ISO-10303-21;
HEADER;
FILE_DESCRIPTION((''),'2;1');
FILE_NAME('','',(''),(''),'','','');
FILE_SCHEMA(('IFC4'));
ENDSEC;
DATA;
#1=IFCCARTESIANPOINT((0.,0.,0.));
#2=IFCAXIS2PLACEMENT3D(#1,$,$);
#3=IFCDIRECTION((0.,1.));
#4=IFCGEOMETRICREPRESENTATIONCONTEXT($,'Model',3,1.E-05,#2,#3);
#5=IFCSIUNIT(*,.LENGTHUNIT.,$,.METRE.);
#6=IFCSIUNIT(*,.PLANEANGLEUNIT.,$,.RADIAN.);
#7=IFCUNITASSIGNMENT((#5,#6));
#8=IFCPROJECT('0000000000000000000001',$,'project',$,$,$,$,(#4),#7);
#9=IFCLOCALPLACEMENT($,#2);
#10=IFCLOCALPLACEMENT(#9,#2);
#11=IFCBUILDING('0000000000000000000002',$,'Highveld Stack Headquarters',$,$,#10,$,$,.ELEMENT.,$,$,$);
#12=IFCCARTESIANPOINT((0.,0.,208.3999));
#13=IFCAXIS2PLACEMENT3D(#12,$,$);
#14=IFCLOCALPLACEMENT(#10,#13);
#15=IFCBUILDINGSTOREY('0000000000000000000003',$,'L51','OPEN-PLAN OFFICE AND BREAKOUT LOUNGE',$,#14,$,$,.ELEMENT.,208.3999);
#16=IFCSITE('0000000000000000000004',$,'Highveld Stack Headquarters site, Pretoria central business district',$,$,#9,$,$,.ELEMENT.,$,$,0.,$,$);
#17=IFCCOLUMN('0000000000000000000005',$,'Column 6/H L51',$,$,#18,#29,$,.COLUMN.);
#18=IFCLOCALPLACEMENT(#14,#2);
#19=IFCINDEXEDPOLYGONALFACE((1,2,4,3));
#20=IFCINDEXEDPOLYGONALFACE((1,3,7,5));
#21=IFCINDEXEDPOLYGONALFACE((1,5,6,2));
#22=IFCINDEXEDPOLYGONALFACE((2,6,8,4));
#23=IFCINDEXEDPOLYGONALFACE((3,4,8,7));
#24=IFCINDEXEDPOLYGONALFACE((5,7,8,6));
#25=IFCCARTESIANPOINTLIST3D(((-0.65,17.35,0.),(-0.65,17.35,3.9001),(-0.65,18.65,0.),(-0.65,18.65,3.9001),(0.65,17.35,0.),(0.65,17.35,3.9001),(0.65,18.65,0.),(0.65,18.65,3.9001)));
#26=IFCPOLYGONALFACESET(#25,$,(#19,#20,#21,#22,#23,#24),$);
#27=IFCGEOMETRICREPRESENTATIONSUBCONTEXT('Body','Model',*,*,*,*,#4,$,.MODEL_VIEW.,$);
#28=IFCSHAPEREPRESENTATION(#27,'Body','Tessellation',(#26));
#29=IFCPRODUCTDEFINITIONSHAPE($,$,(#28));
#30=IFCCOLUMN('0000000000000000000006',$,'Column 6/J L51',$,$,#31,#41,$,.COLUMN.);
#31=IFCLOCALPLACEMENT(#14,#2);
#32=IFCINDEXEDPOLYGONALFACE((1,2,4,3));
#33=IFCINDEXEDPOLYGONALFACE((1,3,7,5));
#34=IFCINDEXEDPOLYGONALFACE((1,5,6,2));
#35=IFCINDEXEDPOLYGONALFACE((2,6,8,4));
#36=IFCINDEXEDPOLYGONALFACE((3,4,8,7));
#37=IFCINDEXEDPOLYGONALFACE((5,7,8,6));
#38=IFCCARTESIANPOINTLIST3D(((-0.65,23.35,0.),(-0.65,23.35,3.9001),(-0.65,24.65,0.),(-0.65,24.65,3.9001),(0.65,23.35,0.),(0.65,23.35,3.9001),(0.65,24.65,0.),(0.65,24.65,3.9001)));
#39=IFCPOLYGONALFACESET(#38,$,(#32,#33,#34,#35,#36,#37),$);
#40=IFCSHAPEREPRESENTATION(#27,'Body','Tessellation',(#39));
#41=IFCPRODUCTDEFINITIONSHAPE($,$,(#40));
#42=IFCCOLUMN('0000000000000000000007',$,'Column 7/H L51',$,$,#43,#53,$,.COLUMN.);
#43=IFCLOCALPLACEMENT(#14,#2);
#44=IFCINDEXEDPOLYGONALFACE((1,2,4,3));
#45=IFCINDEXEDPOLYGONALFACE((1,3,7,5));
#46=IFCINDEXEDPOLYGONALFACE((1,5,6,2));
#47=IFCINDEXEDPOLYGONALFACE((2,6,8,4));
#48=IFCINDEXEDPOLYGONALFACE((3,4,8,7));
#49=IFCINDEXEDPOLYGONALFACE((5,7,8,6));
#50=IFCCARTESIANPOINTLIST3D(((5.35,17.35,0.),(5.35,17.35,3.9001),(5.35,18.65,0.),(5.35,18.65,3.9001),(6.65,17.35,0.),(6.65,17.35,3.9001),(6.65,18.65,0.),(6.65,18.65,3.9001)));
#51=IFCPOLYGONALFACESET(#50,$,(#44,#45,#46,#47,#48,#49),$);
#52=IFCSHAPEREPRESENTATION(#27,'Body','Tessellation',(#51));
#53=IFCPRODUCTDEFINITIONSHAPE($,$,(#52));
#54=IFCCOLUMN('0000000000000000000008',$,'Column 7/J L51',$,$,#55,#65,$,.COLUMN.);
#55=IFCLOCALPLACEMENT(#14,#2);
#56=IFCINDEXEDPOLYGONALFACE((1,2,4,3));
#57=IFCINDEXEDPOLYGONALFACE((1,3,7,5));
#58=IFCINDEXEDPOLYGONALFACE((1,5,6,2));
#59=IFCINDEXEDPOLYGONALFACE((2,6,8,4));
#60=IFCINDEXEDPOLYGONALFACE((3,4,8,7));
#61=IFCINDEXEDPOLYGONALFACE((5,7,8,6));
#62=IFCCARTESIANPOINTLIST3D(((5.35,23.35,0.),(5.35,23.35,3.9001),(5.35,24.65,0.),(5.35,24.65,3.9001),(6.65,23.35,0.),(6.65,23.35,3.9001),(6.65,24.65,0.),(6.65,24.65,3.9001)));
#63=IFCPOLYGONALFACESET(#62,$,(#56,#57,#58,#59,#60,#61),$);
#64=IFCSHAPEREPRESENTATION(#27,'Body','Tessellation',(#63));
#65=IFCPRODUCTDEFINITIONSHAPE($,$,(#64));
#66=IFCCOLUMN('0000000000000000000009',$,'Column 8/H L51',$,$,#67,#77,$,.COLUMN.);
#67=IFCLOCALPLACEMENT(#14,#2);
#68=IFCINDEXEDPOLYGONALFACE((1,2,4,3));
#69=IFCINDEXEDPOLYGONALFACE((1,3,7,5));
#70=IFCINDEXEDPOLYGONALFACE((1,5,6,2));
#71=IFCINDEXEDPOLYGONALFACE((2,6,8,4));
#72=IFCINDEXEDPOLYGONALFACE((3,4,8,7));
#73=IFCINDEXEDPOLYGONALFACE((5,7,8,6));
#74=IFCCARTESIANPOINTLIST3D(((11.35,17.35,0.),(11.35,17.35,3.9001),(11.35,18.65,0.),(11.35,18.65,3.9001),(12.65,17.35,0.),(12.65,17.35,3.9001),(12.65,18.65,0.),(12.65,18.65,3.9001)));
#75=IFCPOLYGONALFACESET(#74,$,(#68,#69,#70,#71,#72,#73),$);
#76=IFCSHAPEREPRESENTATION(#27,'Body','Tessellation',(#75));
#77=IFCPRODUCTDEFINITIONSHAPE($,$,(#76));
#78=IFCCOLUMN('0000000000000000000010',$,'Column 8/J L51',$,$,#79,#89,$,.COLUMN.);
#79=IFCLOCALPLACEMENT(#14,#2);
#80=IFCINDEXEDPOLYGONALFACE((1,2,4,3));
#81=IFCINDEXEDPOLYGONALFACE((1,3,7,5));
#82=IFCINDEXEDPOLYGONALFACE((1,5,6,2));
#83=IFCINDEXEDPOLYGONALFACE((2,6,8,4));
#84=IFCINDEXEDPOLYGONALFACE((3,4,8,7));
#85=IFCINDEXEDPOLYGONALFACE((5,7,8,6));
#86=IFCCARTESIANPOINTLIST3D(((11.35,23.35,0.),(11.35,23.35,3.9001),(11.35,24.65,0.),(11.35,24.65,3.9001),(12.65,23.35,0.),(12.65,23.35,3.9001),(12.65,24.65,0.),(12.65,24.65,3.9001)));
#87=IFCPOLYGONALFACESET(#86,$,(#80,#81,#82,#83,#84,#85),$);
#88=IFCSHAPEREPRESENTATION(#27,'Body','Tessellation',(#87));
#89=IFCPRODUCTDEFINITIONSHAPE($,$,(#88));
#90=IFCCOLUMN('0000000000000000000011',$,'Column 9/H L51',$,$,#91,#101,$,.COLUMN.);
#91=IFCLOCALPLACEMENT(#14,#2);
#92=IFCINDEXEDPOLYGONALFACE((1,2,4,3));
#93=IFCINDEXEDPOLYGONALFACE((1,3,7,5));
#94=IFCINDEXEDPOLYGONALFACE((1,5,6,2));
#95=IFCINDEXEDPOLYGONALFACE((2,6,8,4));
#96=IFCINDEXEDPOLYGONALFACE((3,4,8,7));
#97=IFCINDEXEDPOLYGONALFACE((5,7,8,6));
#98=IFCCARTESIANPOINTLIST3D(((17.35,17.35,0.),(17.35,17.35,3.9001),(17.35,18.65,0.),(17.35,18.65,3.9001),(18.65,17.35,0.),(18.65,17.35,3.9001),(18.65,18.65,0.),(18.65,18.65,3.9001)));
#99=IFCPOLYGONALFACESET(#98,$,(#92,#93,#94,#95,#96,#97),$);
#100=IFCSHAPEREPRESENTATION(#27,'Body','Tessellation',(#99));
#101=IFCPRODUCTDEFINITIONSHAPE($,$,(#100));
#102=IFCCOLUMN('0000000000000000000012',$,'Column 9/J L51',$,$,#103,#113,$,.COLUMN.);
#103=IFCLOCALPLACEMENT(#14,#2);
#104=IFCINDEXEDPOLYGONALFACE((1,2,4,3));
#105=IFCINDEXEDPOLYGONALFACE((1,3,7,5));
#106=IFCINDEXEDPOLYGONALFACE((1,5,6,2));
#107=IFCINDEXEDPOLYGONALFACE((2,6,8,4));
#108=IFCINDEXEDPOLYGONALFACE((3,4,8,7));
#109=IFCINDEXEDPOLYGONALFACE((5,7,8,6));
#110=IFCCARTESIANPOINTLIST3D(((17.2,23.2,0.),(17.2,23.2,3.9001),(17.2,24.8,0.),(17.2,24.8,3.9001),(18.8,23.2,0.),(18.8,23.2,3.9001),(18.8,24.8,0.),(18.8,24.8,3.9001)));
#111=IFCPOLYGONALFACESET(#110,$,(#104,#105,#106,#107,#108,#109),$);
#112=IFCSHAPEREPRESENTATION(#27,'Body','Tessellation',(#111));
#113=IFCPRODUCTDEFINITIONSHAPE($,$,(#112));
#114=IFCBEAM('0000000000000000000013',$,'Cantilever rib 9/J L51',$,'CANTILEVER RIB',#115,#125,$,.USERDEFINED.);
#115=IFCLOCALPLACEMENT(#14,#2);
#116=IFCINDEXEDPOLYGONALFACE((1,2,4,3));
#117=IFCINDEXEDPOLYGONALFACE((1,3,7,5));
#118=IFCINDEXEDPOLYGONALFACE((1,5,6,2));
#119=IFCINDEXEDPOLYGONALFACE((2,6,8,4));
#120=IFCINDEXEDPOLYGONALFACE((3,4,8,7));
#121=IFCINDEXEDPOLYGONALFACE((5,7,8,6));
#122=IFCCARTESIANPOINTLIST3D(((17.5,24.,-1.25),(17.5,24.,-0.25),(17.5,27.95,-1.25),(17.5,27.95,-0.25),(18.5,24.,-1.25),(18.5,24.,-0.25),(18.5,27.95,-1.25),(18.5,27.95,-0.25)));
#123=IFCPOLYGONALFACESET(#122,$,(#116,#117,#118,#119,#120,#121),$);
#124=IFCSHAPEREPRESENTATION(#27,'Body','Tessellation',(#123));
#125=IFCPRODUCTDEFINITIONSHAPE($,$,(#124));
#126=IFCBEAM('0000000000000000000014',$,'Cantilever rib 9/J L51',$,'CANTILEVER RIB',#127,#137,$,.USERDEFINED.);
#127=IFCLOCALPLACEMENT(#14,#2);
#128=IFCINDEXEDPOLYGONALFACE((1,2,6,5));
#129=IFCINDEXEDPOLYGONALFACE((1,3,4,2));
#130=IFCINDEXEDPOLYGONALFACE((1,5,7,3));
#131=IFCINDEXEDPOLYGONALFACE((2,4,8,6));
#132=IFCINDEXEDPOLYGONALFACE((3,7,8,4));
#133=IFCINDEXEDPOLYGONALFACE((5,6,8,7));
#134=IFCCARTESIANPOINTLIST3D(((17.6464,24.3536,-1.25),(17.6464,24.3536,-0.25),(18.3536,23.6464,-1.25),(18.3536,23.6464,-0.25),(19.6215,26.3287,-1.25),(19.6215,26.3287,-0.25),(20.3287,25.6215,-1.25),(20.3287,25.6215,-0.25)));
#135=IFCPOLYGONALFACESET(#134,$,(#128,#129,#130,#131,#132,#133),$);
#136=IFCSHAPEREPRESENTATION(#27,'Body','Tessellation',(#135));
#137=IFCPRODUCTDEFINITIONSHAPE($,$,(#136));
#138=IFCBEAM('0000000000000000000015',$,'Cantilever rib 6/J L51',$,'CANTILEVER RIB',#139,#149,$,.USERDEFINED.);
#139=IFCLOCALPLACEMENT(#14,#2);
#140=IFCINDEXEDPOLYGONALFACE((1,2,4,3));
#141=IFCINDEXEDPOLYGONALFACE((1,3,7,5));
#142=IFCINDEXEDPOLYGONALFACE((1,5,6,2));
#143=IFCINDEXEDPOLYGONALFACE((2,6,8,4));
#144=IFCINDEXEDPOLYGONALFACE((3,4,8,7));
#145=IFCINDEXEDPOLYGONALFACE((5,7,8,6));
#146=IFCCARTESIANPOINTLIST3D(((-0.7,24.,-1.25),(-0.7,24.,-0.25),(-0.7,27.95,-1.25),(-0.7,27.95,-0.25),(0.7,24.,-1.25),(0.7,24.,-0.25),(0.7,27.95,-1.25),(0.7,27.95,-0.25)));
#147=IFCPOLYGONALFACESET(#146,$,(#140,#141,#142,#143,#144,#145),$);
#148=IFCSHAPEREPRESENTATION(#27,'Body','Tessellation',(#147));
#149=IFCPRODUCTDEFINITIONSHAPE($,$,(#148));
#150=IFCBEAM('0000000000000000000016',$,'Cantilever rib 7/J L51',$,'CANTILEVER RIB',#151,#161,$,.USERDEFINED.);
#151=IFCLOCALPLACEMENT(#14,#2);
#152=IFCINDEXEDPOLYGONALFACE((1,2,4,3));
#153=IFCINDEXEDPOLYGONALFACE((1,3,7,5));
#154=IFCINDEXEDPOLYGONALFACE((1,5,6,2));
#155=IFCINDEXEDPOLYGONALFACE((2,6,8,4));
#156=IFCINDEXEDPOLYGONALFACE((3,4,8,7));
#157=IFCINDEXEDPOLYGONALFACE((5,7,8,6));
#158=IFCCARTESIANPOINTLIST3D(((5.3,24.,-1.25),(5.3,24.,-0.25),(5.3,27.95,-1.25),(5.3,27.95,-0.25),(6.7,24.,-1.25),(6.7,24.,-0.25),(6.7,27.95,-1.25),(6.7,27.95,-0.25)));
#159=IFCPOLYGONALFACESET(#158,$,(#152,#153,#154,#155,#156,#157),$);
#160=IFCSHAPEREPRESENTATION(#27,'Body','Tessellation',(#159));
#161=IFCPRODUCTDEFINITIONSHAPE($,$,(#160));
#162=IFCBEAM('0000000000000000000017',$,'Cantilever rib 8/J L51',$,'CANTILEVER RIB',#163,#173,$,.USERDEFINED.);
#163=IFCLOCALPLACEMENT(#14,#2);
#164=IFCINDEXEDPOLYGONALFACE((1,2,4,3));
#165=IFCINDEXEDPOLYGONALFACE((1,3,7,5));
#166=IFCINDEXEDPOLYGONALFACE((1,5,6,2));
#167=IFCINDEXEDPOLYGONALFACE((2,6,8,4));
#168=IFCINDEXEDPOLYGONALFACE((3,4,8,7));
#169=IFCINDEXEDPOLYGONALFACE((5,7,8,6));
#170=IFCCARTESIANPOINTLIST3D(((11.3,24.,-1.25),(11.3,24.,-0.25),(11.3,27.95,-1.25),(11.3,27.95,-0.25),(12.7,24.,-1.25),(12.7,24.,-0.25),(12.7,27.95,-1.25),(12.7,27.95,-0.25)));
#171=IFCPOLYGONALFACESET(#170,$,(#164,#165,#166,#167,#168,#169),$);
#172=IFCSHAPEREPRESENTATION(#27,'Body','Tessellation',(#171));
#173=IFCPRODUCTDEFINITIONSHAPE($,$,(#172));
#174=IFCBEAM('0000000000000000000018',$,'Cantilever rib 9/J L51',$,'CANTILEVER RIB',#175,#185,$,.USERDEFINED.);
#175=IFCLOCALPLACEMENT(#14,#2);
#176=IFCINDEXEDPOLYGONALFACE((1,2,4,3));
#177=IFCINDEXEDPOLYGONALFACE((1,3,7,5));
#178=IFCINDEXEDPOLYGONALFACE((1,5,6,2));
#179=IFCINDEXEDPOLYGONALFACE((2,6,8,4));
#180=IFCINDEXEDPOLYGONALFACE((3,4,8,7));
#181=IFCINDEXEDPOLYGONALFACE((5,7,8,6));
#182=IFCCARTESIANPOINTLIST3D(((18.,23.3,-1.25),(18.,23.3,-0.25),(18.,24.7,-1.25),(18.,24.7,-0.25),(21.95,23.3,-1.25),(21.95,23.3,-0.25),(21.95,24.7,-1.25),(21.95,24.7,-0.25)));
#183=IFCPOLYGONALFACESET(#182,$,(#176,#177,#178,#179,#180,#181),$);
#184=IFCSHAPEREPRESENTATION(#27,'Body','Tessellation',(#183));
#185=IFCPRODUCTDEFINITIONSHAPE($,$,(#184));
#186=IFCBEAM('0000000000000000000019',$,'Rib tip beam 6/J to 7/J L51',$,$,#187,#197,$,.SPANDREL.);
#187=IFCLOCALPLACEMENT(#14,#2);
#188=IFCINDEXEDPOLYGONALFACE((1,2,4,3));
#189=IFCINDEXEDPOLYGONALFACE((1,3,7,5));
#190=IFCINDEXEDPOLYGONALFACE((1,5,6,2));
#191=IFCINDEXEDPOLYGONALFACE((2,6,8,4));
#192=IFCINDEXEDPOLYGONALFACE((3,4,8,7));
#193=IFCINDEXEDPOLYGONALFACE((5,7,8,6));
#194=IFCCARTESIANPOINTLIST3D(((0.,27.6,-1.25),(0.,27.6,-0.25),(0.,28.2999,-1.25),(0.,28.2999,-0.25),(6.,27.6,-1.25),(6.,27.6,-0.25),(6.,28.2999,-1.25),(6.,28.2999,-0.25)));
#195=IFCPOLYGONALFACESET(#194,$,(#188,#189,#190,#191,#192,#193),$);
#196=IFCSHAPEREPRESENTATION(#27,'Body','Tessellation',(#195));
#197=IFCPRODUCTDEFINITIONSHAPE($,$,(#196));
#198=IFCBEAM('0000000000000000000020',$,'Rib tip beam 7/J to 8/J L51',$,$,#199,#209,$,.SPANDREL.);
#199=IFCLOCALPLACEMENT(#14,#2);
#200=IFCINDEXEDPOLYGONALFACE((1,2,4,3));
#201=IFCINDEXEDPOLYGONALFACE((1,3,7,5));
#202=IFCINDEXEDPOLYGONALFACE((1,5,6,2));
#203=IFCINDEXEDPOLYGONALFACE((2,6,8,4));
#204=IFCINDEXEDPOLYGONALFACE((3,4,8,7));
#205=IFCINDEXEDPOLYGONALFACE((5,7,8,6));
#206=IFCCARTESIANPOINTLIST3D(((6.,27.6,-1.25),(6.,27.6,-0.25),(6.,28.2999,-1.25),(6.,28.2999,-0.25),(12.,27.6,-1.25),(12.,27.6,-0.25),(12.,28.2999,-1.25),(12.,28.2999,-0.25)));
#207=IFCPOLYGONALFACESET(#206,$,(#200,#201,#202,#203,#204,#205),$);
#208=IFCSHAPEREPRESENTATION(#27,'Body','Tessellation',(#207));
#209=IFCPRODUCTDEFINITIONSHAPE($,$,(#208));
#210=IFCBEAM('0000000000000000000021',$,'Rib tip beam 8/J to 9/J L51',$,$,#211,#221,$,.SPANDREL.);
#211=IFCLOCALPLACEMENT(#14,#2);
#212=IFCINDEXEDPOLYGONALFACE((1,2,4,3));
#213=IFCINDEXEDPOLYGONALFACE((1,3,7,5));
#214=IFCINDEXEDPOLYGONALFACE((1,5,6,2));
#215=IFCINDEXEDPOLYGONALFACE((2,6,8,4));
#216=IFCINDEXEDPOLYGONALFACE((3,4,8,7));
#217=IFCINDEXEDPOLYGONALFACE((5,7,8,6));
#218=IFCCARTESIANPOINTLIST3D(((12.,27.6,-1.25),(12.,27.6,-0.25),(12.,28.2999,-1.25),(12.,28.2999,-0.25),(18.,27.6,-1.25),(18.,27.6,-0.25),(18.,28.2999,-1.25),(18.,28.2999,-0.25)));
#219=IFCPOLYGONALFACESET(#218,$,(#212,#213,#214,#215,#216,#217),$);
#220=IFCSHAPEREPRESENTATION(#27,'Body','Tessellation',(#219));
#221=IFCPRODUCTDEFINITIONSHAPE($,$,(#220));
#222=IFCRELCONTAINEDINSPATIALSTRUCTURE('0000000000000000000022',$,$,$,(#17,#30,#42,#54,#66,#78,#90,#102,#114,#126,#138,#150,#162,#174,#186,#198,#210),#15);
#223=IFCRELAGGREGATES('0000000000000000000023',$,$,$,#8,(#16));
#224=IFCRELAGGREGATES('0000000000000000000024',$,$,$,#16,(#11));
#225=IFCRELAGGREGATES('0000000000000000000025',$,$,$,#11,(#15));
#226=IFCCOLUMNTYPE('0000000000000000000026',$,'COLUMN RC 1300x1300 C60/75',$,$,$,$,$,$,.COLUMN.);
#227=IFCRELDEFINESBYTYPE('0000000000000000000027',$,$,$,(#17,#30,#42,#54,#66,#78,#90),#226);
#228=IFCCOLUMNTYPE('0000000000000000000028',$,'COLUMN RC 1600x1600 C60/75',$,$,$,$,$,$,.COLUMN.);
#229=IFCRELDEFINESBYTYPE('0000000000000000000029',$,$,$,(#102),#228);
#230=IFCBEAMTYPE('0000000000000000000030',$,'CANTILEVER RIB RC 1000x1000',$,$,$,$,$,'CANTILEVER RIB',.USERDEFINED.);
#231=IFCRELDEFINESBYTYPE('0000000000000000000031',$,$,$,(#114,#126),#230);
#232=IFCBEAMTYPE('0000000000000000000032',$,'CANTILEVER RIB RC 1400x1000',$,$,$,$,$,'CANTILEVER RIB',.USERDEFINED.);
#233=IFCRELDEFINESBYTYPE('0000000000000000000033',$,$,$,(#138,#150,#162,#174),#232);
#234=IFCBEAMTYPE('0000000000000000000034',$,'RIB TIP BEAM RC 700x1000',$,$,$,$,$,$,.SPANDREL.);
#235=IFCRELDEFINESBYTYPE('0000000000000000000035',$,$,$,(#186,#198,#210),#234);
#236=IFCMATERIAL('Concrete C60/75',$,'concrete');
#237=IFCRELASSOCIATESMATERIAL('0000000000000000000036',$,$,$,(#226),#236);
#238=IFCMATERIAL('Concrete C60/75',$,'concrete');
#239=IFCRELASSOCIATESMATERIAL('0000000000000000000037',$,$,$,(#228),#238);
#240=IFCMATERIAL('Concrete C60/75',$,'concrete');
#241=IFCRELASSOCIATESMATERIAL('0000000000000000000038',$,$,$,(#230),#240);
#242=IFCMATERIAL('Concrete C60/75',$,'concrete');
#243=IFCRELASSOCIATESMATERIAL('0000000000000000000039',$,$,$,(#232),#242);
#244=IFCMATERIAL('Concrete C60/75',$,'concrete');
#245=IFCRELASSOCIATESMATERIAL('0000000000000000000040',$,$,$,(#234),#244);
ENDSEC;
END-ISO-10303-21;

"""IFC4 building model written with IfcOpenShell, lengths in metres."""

from ifc_helpers import new_model, si_unit, direction, frame, origin, origin_2d, place, context, subcontext, project, spatial, rectangle, extrude, material, material_profile, profile_set, type_object, element, save


model = new_model("IFC4")

# Units and contexts
model_context = context("Model", 3, precision=1e-05, world=origin(), true_north=direction((0.0, 1.0)))
body_context = subcontext(model_context, "Body", "Model", "MODEL_VIEW")
ifc_project = project(units=[si_unit("LENGTHUNIT", "METRE"), si_unit("PLANEANGLEUNIT", "RADIAN")], contexts=[model_context])

# Site, building, storey
site_placement = place(None, origin())
site = spatial("IfcSite", under=ifc_project, at=site_placement, Name="Highveld Stack Headquarters site, Pretoria central business district", CompositionType="ELEMENT", RefElevation=0.0)
building_placement = place(site_placement, origin())
building = spatial("IfcBuilding", under=site, at=building_placement, Name="Highveld Stack Headquarters", CompositionType="ELEMENT")
storey_placement = place(building_placement, frame((0.0, 0.0, 208.3999)))
storey = spatial("IfcBuildingStorey", under=building, at=storey_placement, Name="L51", Description="OPEN-PLAN OFFICE AND BREAKOUT LOUNGE", CompositionType="ELEMENT", Elevation=208.3999)

# Columns
ifc_material_1 = material(Name="Concrete C60/75", Category="concrete")
ifc_material_profile_1 = material_profile(ifc_material_1, rectangle(XDim=1.3, YDim=1.3, at=origin_2d()), Name="RC 1300x1300")
ifc_profile_set_1 = profile_set([ifc_material_profile_1], Name="Concrete C60/75")
column_type_1 = type_object("IfcColumnType", Name="COLUMN RC 1300x1300 C60/75", PredefinedType="COLUMN", material=ifc_profile_set_1)
for number, where, z_axis, x_axis, name in (
    (1, (0.0, 18.0, 0.0), (0.0, 0.0, 1.0), (1.0, 0.0, 0.0), "Column 6/H L51"),
    (2, (0.0, 24.0, 0.0), (0.0, 0.0, 1.0), (1.0, 0.0, 0.0), "Column 6/J L51"),
    (3, (6.0, 18.0, 0.0), (0.0, 0.0, 1.0), (1.0, 0.0, 0.0), "Column 7/H L51"),
    (4, (6.0, 24.0, 0.0), (0.0, 0.0, 1.0), (1.0, 0.0, 0.0), "Column 7/J L51"),
    (5, (12.0, 18.0, 0.0), (0.0, 0.0, 1.0), (1.0, 0.0, 0.0), "Column 8/H L51"),
    (6, (12.0, 24.0, 0.0), (0.0, 0.0, 1.0), (1.0, 0.0, 0.0), "Column 8/J L51"),
    (7, (18.0, 18.0, 0.0), (0.0, 0.0, 1.0), (1.0, 0.0, 0.0), "Column 9/H L51"),
):
    element("IfcColumn", number, at=place(storey_placement, frame(where, z_axis=z_axis, x_axis=x_axis)), inside=storey, type_object=column_type_1, Name=name, PredefinedType="COLUMN", context=body_context, shape_type="SweptSolid", body=[
        extrude(rectangle(XDim=1.3, YDim=1.3, at=origin_2d()), origin(), (0.0, 0.0, 1.0), 3.9001),
    ])
ifc_material_2 = material(Name="Concrete C60/75", Category="concrete")
ifc_material_profile_2 = material_profile(ifc_material_2, rectangle(XDim=1.6001, YDim=1.6001, at=origin_2d()), Name="RC 1600x1600")
ifc_profile_set_2 = profile_set([ifc_material_profile_2], Name="Concrete C60/75")
column_type_2 = type_object("IfcColumnType", Name="COLUMN RC 1600x1600 C60/75", PredefinedType="COLUMN", material=ifc_profile_set_2)
column_placement = place(storey_placement, frame((18.0, 24.0, 0.0), z_axis=(0.0, 0.0, 1.0), x_axis=(1.0, 0.0, 0.0)))
element("IfcColumn", 8, at=column_placement, inside=storey, type_object=column_type_2, Name="Column 9/J L51", PredefinedType="COLUMN", context=body_context, shape_type="SweptSolid", body=[
    extrude(rectangle(XDim=1.6001, YDim=1.6001, at=origin_2d()), origin(), (0.0, 0.0, 1.0), 3.9001),
])

# Beams
ifc_material_3 = material(Name="Concrete C60/75", Category="concrete")
ifc_material_profile_3 = material_profile(ifc_material_3, rectangle(XDim=1.0, YDim=1.0, at=origin_2d()), Name="RC 1000x1000")
ifc_profile_set_3 = profile_set([ifc_material_profile_3], Name="Concrete C60/75")
beam_type_1 = type_object("IfcBeamType", Name="CANTILEVER RIB RC 1000x1000", ElementType="CANTILEVER RIB", PredefinedType="USERDEFINED", material=ifc_profile_set_3)
beam_1_placement = place(storey_placement, frame((18.0, 24.0, -0.75), z_axis=(0.0, 1.0, 0.0), x_axis=(-1.0, 0.0, 0.0)))
element("IfcBeam", 9, at=beam_1_placement, inside=storey, type_object=beam_type_1, Name="Cantilever rib 9/J L51", ObjectType="CANTILEVER RIB", PredefinedType="USERDEFINED", context=body_context, shape_type="SweptSolid", body=[
    extrude(rectangle(XDim=1.0, YDim=1.0, at=origin_2d()), origin(), (0.0, 0.0, 1.0), 3.95),
])
beam_2_placement = place(storey_placement, frame((18.0, 24.0, -0.75), z_axis=(0.707107, 0.707107, 0.0), x_axis=(-0.707107, 0.707107, 0.0)))
element("IfcBeam", 10, at=beam_2_placement, inside=storey, type_object=beam_type_1, Name="Cantilever rib 9/J L51", ObjectType="CANTILEVER RIB", PredefinedType="USERDEFINED", context=body_context, shape_type="SweptSolid", body=[
    extrude(rectangle(XDim=1.0, YDim=1.0, at=origin_2d()), origin(), (0.0, 0.0, 1.0), 2.7932),
])
ifc_material_4 = material(Name="Concrete C60/75", Category="concrete")
ifc_material_profile_4 = material_profile(ifc_material_4, rectangle(XDim=1.3999, YDim=1.0, at=origin_2d()), Name="RC 1400x1000")
ifc_profile_set_4 = profile_set([ifc_material_profile_4], Name="Concrete C60/75")
beam_type_2 = type_object("IfcBeamType", Name="CANTILEVER RIB RC 1400x1000", ElementType="CANTILEVER RIB", PredefinedType="USERDEFINED", material=ifc_profile_set_4)
for number, where, z_axis, x_axis, name in (
    (11, (0.0, 24.0, -0.75), (0.0, 1.0, 0.0), (-1.0, 0.0, 0.0), "Cantilever rib 6/J L51"),
    (12, (6.0, 24.0, -0.75), (0.0, 1.0, 0.0), (-1.0, 0.0, 0.0), "Cantilever rib 7/J L51"),
    (13, (12.0, 24.0, -0.75), (0.0, 1.0, 0.0), (-1.0, 0.0, 0.0), "Cantilever rib 8/J L51"),
    (14, (18.0, 24.0, -0.75), (1.0, 0.0, 0.0), (0.0, 1.0, 0.0), "Cantilever rib 9/J L51"),
):
    element("IfcBeam", number, at=place(storey_placement, frame(where, z_axis=z_axis, x_axis=x_axis)), inside=storey, type_object=beam_type_2, Name=name, ObjectType="CANTILEVER RIB", PredefinedType="USERDEFINED", context=body_context, shape_type="SweptSolid", body=[
        extrude(rectangle(XDim=1.3999, YDim=1.0, at=origin_2d()), origin(), (0.0, 0.0, 1.0), 3.95),
    ])
ifc_material_5 = material(Name="Concrete C60/75", Category="concrete")
ifc_material_profile_5 = material_profile(ifc_material_5, rectangle(XDim=0.7, YDim=1.0, at=origin_2d()), Name="RC 700x1000")
ifc_profile_set_5 = profile_set([ifc_material_profile_5], Name="Concrete C60/75")
beam_type_3 = type_object("IfcBeamType", Name="RIB TIP BEAM RC 700x1000", PredefinedType="SPANDREL", material=ifc_profile_set_5)
for number, where, z_axis, x_axis, name in (
    (15, (0.0, 27.95, -0.75), (1.0, 0.0, 0.0), (0.0, 1.0, 0.0), "Rib tip beam 6/J to 7/J L51"),
    (16, (6.0, 27.95, -0.75), (1.0, 0.0, 0.0), (0.0, 1.0, 0.0), "Rib tip beam 7/J to 8/J L51"),
    (17, (12.0, 27.95, -0.75), (1.0, 0.0, 0.0), (0.0, 1.0, 0.0), "Rib tip beam 8/J to 9/J L51"),
):
    element("IfcBeam", number, at=place(storey_placement, frame(where, z_axis=z_axis, x_axis=x_axis)), inside=storey, type_object=beam_type_3, Name=name, PredefinedType="SPANDREL", context=body_context, shape_type="SweptSolid", body=[
        extrude(rectangle(XDim=0.7, YDim=1.0, at=origin_2d()), origin(), (0.0, 0.0, 1.0), 6.0),
    ])

save(model, "model.ifc")
